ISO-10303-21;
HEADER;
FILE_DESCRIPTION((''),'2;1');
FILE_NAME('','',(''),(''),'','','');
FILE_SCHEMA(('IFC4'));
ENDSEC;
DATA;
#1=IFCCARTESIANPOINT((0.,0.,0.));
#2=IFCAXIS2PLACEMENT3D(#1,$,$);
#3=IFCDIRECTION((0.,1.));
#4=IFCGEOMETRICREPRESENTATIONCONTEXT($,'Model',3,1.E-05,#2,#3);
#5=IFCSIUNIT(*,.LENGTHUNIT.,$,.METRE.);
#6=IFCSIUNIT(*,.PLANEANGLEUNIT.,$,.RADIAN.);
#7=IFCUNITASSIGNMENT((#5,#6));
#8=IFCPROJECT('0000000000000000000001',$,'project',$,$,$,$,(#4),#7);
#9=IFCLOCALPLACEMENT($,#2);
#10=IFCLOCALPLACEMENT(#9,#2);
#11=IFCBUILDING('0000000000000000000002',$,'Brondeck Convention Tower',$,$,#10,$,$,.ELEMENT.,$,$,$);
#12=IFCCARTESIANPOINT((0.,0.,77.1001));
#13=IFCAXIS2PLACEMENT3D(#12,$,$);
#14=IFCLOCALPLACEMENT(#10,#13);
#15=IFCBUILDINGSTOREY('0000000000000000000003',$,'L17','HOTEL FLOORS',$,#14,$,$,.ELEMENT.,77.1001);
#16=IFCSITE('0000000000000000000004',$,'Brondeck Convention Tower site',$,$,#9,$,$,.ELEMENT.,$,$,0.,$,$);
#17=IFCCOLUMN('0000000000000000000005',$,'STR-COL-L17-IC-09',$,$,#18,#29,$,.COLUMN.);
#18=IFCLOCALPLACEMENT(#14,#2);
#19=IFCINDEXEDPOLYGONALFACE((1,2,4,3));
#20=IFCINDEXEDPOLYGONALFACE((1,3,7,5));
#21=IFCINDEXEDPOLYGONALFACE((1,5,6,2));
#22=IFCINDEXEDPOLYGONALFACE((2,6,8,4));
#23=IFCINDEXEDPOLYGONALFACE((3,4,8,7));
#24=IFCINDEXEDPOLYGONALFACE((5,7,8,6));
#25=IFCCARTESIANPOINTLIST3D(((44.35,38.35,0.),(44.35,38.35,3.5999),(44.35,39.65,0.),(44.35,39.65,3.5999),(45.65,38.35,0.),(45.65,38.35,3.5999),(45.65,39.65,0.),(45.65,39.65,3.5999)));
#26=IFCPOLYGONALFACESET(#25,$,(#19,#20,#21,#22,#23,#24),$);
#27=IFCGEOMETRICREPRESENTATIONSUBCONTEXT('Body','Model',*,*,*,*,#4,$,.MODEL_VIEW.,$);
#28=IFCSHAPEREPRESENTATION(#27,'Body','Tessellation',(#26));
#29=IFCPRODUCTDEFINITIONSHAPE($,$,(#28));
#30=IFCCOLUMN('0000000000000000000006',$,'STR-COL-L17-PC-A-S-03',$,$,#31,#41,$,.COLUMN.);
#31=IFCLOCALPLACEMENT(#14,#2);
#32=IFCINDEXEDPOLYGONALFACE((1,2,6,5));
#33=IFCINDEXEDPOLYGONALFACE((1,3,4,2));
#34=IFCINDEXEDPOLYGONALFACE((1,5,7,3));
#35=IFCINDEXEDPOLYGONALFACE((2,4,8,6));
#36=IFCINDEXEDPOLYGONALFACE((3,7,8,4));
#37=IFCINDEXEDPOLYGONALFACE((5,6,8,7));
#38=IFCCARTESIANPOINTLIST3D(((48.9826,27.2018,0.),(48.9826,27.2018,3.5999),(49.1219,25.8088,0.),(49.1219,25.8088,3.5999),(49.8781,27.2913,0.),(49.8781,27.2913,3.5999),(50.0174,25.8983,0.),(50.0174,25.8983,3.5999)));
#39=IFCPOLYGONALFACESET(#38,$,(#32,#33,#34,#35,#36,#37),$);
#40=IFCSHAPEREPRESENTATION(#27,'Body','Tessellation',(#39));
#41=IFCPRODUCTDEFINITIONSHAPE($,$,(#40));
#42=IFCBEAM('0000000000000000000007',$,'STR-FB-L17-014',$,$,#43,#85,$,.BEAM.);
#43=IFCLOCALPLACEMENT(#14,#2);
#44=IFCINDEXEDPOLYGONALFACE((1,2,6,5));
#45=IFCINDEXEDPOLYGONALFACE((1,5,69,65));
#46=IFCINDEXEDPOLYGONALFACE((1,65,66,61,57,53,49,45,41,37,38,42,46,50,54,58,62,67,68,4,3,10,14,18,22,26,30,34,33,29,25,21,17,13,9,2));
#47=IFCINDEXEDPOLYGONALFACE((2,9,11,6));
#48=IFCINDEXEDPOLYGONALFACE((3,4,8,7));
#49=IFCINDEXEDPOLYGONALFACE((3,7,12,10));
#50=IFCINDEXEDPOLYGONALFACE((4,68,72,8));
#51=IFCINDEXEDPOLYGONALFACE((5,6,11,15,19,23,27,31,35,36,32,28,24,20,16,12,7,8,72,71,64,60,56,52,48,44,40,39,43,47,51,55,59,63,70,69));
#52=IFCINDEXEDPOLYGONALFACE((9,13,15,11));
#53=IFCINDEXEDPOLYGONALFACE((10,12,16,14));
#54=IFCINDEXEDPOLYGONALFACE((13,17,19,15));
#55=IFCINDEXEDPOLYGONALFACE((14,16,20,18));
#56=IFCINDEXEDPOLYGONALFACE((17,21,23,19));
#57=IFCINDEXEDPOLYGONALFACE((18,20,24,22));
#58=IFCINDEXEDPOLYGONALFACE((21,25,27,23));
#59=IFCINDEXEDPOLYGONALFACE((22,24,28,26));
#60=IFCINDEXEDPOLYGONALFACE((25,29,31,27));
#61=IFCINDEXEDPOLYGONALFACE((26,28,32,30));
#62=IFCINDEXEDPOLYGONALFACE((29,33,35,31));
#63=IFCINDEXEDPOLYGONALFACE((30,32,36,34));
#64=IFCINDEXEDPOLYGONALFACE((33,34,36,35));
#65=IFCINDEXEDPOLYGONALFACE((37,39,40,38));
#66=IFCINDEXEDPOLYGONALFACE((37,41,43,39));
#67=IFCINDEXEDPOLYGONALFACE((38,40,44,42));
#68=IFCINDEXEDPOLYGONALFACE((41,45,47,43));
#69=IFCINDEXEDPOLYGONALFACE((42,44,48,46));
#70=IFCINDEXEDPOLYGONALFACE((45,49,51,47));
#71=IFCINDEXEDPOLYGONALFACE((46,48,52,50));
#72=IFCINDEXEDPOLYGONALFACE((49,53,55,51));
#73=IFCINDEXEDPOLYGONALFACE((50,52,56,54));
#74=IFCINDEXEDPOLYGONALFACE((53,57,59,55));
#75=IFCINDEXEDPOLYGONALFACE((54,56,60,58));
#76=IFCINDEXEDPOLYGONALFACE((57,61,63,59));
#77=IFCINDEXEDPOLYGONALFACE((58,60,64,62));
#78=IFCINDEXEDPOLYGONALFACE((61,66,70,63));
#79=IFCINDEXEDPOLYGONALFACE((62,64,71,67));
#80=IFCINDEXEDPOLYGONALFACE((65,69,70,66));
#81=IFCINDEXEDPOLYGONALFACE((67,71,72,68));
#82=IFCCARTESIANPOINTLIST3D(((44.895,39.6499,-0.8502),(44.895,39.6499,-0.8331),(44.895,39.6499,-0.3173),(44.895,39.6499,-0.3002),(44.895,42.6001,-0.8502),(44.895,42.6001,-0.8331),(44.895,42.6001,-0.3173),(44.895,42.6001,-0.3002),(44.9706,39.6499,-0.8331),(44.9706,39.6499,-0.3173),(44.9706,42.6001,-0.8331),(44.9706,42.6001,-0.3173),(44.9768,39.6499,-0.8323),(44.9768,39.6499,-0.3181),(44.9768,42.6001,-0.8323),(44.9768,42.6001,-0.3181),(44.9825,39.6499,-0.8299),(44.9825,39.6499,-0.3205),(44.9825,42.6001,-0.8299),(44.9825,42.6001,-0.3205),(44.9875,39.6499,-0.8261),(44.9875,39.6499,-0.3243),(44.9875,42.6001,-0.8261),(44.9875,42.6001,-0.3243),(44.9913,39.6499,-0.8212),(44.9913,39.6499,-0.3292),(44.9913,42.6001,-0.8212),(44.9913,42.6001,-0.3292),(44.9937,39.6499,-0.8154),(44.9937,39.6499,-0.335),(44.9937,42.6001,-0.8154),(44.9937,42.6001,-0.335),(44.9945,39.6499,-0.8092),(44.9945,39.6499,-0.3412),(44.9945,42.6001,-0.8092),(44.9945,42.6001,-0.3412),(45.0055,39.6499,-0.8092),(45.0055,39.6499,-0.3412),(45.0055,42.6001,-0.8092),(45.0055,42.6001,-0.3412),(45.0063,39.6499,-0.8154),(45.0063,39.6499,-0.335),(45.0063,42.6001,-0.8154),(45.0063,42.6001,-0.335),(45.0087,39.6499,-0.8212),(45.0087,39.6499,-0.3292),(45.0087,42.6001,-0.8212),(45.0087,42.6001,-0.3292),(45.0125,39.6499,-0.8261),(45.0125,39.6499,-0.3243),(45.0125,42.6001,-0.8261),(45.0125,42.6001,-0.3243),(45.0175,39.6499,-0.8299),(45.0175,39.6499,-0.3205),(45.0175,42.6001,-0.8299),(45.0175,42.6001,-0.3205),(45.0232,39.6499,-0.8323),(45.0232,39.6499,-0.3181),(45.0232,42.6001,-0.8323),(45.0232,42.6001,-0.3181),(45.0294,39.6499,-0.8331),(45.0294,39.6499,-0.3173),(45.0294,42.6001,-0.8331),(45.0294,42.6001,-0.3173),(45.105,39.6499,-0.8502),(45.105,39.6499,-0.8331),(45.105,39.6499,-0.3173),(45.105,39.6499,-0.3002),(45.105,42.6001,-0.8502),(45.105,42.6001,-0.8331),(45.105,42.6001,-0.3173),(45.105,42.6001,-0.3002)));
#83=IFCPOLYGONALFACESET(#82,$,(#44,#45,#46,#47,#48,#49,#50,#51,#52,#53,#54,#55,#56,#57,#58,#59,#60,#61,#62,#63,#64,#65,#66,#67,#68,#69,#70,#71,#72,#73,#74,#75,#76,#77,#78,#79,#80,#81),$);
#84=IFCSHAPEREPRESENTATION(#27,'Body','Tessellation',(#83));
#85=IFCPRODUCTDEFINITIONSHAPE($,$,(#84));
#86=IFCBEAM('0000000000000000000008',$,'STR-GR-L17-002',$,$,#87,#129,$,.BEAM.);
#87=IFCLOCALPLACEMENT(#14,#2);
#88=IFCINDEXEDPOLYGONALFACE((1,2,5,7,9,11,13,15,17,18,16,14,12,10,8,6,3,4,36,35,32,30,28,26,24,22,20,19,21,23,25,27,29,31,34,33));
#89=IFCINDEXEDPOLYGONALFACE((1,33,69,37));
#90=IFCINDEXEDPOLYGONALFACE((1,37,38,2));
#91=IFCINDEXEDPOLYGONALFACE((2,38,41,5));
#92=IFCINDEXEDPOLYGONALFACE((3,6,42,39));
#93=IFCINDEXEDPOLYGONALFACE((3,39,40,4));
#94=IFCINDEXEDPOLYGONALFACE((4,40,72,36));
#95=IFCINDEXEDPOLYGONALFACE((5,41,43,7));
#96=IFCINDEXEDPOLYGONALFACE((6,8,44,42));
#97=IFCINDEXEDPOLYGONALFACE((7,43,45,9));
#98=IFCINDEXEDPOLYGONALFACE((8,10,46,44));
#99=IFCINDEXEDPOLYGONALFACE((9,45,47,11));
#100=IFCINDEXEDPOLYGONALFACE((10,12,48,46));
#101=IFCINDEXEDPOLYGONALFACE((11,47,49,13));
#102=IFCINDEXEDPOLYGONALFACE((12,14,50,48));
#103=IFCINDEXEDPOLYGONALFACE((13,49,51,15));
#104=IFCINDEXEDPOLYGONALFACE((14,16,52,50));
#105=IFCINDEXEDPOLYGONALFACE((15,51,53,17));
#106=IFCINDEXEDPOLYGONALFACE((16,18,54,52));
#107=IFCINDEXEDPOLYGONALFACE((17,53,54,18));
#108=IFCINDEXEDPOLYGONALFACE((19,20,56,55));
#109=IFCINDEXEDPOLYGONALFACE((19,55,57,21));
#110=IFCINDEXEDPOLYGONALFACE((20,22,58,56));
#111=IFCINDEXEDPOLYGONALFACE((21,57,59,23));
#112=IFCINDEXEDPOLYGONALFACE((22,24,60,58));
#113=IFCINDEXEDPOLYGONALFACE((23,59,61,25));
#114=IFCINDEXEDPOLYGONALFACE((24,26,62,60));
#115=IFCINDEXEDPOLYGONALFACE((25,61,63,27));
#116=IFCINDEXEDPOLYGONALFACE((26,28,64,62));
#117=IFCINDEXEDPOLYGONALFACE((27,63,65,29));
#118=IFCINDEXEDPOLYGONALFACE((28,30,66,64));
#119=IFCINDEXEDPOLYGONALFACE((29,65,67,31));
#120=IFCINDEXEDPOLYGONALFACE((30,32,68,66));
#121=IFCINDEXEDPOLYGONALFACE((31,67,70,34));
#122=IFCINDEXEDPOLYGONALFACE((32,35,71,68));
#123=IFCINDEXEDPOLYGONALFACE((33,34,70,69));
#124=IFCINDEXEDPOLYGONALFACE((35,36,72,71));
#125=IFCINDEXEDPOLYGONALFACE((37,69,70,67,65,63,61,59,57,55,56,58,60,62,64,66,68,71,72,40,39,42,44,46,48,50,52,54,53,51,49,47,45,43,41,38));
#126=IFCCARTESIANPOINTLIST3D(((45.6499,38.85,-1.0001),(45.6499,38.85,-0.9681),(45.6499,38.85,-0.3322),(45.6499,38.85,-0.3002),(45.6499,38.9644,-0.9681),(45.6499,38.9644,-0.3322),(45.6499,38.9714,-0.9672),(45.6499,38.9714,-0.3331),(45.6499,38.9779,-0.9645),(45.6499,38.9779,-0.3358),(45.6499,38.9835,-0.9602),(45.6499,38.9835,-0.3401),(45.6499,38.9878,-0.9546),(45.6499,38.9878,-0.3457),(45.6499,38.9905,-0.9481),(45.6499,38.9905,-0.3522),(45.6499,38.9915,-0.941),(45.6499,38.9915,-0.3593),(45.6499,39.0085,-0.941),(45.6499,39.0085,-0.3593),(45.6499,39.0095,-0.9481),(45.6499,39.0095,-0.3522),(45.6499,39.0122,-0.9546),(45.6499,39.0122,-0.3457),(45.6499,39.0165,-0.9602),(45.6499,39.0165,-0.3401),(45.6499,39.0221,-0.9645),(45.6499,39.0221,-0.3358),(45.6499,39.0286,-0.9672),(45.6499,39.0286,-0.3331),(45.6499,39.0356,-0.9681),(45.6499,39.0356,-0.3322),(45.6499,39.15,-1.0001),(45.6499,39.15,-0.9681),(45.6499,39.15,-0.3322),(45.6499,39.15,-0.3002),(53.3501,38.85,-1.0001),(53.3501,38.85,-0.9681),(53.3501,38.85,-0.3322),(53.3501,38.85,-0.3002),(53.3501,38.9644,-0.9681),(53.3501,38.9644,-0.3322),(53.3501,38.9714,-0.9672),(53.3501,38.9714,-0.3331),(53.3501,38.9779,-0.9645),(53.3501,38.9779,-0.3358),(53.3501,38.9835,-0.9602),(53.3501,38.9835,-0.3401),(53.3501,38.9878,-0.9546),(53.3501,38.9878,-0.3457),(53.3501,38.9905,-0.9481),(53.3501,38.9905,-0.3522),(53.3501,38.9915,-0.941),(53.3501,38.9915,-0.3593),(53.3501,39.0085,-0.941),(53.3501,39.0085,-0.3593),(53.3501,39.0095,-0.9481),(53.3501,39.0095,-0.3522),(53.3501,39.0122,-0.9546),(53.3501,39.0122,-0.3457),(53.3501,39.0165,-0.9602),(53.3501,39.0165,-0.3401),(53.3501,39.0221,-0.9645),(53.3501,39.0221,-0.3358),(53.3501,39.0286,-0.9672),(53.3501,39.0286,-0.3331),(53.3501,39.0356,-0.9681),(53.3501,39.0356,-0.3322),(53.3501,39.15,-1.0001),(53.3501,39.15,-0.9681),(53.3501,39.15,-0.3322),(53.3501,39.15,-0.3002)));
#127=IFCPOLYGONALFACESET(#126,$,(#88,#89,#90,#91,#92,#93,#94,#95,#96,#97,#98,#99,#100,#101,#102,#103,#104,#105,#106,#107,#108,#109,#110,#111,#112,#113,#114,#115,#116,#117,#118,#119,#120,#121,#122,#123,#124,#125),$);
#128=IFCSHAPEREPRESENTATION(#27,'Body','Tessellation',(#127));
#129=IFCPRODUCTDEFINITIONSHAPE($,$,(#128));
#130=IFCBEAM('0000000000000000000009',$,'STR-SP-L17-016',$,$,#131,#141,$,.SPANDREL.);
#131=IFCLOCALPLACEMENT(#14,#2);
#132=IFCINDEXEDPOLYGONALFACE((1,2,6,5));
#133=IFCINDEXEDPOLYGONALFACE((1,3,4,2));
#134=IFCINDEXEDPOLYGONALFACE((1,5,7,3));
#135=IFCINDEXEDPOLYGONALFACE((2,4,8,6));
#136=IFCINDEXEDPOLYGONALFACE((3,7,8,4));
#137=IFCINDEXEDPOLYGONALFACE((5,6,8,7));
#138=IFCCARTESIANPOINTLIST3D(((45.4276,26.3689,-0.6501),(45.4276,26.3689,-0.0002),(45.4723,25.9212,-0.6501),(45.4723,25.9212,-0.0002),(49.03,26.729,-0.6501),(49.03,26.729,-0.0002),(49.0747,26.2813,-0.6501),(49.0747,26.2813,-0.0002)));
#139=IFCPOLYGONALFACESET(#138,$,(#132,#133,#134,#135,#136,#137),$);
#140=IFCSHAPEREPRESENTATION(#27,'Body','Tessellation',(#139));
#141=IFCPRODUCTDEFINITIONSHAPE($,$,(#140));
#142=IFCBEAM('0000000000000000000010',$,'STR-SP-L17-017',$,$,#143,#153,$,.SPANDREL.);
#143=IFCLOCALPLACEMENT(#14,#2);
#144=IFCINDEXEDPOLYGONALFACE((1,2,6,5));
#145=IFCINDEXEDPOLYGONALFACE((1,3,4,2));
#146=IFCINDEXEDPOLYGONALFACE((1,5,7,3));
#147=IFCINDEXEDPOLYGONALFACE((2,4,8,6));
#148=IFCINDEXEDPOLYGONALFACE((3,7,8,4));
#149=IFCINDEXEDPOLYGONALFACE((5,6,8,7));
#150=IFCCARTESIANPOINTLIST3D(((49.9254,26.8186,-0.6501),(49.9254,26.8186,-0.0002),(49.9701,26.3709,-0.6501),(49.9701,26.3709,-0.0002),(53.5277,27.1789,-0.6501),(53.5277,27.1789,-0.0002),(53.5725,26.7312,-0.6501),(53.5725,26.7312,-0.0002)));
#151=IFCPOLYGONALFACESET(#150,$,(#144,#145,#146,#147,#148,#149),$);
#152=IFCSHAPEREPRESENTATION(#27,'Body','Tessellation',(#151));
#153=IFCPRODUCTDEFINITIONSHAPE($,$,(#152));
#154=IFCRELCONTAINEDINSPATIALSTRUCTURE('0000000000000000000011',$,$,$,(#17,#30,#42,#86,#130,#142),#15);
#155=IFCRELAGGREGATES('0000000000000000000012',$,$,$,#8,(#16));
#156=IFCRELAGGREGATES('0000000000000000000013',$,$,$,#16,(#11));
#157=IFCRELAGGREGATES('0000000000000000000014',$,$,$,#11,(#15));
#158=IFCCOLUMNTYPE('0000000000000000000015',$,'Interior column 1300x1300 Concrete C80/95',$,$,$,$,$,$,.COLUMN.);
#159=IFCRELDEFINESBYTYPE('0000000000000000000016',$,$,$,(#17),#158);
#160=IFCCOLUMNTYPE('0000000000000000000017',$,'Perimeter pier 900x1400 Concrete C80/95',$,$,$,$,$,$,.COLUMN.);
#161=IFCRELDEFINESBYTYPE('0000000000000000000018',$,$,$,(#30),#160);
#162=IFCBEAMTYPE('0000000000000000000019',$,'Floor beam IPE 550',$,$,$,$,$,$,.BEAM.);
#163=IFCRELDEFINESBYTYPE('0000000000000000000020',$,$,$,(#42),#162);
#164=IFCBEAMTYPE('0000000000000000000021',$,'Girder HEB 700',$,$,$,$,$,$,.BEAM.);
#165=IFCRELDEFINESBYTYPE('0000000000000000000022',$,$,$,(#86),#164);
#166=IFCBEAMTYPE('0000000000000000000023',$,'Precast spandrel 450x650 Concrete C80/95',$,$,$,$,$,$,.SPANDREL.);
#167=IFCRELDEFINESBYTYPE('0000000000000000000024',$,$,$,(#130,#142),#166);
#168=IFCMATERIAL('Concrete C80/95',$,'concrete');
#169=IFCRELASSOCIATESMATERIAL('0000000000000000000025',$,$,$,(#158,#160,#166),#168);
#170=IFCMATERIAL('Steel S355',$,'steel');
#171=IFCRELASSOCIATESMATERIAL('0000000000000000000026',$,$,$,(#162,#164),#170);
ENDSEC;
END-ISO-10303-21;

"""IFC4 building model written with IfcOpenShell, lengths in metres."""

from ifc_helpers import new_model, si_unit, direction, frame, origin, origin_2d, place, context, subcontext, project, spatial, rectangle, i_section, extrude, material, material_profile, profile_set, type_object, element, save


model = new_model("IFC4")

# Units and contexts
model_context = context("Model", 3, precision=1e-05, world=origin(), true_north=direction((0.0, 1.0)))
body_context = subcontext(model_context, "Body", "Model", "MODEL_VIEW")
ifc_project = project(units=[si_unit("LENGTHUNIT", "METRE"), si_unit("PLANEANGLEUNIT", "RADIAN")], contexts=[model_context])

# Site, building, storey
site_placement = place(None, origin())
site = spatial("IfcSite", under=ifc_project, at=site_placement, Name="Brondeck Convention Tower site", CompositionType="ELEMENT", RefElevation=0.0)
building_placement = place(site_placement, origin())
building = spatial("IfcBuilding", under=site, at=building_placement, Name="Brondeck Convention Tower", CompositionType="ELEMENT")
storey_placement = place(building_placement, frame((0.0, 0.0, 77.1001)))
storey = spatial("IfcBuildingStorey", under=building, at=storey_placement, Name="L17", Description="HOTEL FLOORS", CompositionType="ELEMENT", Elevation=77.1001)

# Columns
ifc_material_1 = material(Name="Concrete C80/95", Category="concrete")
ifc_material_profile_1 = material_profile(ifc_material_1, rectangle(XDim=1.3, YDim=1.3, at=origin_2d()), Name="Interior column 1300x1300 Concrete C80/95")
ifc_profile_set_1 = profile_set([ifc_material_profile_1], Name="Concrete C80/95")
column_type_1 = type_object("IfcColumnType", Name="Interior column 1300x1300 Concrete C80/95", PredefinedType="COLUMN", material=ifc_profile_set_1)
column_1_placement = place(storey_placement, frame((45.0, 39.0, 0.0), z_axis=(0.0, 0.0, 1.0), x_axis=(1.0, 0.0, 0.0)))
element("IfcColumn", 1, at=column_1_placement, inside=storey, type_object=column_type_1, Name="STR-COL-L17-IC-09", PredefinedType="COLUMN", context=body_context, shape_type="SweptSolid", body=[
    extrude(rectangle(XDim=1.3, YDim=1.3, at=origin_2d()), origin(), (0.0, 0.0, 1.0), 3.5999),
])
ifc_material_profile_2 = material_profile(ifc_material_1, rectangle(XDim=0.8999, YDim=1.3999, at=origin_2d()), Name="Perimeter pier 900x1400 Concrete C80/95")
ifc_profile_set_2 = profile_set([ifc_material_profile_2], Name="Concrete C80/95")
column_type_2 = type_object("IfcColumnType", Name="Perimeter pier 900x1400 Concrete C80/95", PredefinedType="COLUMN", material=ifc_profile_set_2)
column_2_placement = place(storey_placement, frame((49.5, 26.55, 0.0), z_axis=(0.0, 0.0, 1.0), x_axis=(0.995037, 0.099504, 0.0)))
element("IfcColumn", 2, at=column_2_placement, inside=storey, type_object=column_type_2, Name="STR-COL-L17-PC-A-S-03", PredefinedType="COLUMN", context=body_context, shape_type="SweptSolid", body=[
    extrude(rectangle(XDim=0.8999, YDim=1.3999, at=origin_2d()), origin(), (0.0, 0.0, 1.0), 3.5999),
])

# Beams
ifc_material_2 = material(Name="Steel S355", Category="steel")
ifc_material_profile_3 = material_profile(ifc_material_2, i_section(OverallWidth=0.21, OverallDepth=0.55, WebThickness=0.011, FlangeThickness=0.0171, FilletRadius=0.0239, at=origin_2d()), Name="IPE 550")
ifc_profile_set_3 = profile_set([ifc_material_profile_3], Name="Steel S355")
beam_type_1 = type_object("IfcBeamType", Name="Floor beam IPE 550", PredefinedType="BEAM", material=ifc_profile_set_3)
beam_1_placement = place(storey_placement, frame((45.0, 39.6499, -0.5752), z_axis=(0.0, 1.0, 0.0), x_axis=(-1.0, 0.0, 0.0)))
element("IfcBeam", 3, at=beam_1_placement, inside=storey, type_object=beam_type_1, Name="STR-FB-L17-014", PredefinedType="BEAM", context=body_context, shape_type="SweptSolid", body=[
    extrude(i_section(OverallWidth=0.21, OverallDepth=0.55, WebThickness=0.011, FlangeThickness=0.0171, FilletRadius=0.0239, at=origin_2d()), origin(), (0.0, 0.0, 1.0), 2.9502),
])
ifc_material_profile_4 = material_profile(ifc_material_2, i_section(OverallWidth=0.3, OverallDepth=0.7, WebThickness=0.0171, FlangeThickness=0.032, FilletRadius=0.0271, at=origin_2d()), Name="HEB 700")
ifc_profile_set_4 = profile_set([ifc_material_profile_4], Name="Steel S355")
beam_type_2 = type_object("IfcBeamType", Name="Girder HEB 700", PredefinedType="BEAM", material=ifc_profile_set_4)
beam_2_placement = place(storey_placement, frame((45.6499, 39.0, -0.6501), z_axis=(1.0, 0.0, 0.0), x_axis=(0.0, 1.0, 0.0)))
element("IfcBeam", 4, at=beam_2_placement, inside=storey, type_object=beam_type_2, Name="STR-GR-L17-002", PredefinedType="BEAM", context=body_context, shape_type="SweptSolid", body=[
    extrude(i_section(OverallWidth=0.3, OverallDepth=0.7, WebThickness=0.0171, FlangeThickness=0.032, FilletRadius=0.0271, at=origin_2d()), origin(), (0.0, 0.0, 1.0), 7.7002),
])
ifc_material_profile_5 = material_profile(ifc_material_1, rectangle(XDim=0.45, YDim=0.6499, at=origin_2d()), Name="Precast spandrel 450x650 Concrete C80/95")
ifc_profile_set_5 = profile_set([ifc_material_profile_5], Name="Concrete C80/95")
beam_type_3 = type_object("IfcBeamType", Name="Precast spandrel 450x650 Concrete C80/95", PredefinedType="SPANDREL", material=ifc_profile_set_5)
for number, where, z_axis, x_axis, name in (
    (5, (45.45, 26.145, -0.3252), (0.995041, 0.09947, 0.0), (-0.09947, 0.995041, 0.0), "STR-SP-L17-016"),
    (6, (49.9478, 26.5947, -0.3252), (0.995034, 0.099537, 0.0), (-0.099537, 0.995034, 0.0), "STR-SP-L17-017"),
):
    element("IfcBeam", number, at=place(storey_placement, frame(where, z_axis=z_axis, x_axis=x_axis)), inside=storey, type_object=beam_type_3, Name=name, PredefinedType="SPANDREL", context=body_context, shape_type="SweptSolid", body=[
        extrude(rectangle(XDim=0.45, YDim=0.6499, at=origin_2d()), origin(), (0.0, 0.0, 1.0), 3.6204),
    ])

save(model, "model.ifc")
